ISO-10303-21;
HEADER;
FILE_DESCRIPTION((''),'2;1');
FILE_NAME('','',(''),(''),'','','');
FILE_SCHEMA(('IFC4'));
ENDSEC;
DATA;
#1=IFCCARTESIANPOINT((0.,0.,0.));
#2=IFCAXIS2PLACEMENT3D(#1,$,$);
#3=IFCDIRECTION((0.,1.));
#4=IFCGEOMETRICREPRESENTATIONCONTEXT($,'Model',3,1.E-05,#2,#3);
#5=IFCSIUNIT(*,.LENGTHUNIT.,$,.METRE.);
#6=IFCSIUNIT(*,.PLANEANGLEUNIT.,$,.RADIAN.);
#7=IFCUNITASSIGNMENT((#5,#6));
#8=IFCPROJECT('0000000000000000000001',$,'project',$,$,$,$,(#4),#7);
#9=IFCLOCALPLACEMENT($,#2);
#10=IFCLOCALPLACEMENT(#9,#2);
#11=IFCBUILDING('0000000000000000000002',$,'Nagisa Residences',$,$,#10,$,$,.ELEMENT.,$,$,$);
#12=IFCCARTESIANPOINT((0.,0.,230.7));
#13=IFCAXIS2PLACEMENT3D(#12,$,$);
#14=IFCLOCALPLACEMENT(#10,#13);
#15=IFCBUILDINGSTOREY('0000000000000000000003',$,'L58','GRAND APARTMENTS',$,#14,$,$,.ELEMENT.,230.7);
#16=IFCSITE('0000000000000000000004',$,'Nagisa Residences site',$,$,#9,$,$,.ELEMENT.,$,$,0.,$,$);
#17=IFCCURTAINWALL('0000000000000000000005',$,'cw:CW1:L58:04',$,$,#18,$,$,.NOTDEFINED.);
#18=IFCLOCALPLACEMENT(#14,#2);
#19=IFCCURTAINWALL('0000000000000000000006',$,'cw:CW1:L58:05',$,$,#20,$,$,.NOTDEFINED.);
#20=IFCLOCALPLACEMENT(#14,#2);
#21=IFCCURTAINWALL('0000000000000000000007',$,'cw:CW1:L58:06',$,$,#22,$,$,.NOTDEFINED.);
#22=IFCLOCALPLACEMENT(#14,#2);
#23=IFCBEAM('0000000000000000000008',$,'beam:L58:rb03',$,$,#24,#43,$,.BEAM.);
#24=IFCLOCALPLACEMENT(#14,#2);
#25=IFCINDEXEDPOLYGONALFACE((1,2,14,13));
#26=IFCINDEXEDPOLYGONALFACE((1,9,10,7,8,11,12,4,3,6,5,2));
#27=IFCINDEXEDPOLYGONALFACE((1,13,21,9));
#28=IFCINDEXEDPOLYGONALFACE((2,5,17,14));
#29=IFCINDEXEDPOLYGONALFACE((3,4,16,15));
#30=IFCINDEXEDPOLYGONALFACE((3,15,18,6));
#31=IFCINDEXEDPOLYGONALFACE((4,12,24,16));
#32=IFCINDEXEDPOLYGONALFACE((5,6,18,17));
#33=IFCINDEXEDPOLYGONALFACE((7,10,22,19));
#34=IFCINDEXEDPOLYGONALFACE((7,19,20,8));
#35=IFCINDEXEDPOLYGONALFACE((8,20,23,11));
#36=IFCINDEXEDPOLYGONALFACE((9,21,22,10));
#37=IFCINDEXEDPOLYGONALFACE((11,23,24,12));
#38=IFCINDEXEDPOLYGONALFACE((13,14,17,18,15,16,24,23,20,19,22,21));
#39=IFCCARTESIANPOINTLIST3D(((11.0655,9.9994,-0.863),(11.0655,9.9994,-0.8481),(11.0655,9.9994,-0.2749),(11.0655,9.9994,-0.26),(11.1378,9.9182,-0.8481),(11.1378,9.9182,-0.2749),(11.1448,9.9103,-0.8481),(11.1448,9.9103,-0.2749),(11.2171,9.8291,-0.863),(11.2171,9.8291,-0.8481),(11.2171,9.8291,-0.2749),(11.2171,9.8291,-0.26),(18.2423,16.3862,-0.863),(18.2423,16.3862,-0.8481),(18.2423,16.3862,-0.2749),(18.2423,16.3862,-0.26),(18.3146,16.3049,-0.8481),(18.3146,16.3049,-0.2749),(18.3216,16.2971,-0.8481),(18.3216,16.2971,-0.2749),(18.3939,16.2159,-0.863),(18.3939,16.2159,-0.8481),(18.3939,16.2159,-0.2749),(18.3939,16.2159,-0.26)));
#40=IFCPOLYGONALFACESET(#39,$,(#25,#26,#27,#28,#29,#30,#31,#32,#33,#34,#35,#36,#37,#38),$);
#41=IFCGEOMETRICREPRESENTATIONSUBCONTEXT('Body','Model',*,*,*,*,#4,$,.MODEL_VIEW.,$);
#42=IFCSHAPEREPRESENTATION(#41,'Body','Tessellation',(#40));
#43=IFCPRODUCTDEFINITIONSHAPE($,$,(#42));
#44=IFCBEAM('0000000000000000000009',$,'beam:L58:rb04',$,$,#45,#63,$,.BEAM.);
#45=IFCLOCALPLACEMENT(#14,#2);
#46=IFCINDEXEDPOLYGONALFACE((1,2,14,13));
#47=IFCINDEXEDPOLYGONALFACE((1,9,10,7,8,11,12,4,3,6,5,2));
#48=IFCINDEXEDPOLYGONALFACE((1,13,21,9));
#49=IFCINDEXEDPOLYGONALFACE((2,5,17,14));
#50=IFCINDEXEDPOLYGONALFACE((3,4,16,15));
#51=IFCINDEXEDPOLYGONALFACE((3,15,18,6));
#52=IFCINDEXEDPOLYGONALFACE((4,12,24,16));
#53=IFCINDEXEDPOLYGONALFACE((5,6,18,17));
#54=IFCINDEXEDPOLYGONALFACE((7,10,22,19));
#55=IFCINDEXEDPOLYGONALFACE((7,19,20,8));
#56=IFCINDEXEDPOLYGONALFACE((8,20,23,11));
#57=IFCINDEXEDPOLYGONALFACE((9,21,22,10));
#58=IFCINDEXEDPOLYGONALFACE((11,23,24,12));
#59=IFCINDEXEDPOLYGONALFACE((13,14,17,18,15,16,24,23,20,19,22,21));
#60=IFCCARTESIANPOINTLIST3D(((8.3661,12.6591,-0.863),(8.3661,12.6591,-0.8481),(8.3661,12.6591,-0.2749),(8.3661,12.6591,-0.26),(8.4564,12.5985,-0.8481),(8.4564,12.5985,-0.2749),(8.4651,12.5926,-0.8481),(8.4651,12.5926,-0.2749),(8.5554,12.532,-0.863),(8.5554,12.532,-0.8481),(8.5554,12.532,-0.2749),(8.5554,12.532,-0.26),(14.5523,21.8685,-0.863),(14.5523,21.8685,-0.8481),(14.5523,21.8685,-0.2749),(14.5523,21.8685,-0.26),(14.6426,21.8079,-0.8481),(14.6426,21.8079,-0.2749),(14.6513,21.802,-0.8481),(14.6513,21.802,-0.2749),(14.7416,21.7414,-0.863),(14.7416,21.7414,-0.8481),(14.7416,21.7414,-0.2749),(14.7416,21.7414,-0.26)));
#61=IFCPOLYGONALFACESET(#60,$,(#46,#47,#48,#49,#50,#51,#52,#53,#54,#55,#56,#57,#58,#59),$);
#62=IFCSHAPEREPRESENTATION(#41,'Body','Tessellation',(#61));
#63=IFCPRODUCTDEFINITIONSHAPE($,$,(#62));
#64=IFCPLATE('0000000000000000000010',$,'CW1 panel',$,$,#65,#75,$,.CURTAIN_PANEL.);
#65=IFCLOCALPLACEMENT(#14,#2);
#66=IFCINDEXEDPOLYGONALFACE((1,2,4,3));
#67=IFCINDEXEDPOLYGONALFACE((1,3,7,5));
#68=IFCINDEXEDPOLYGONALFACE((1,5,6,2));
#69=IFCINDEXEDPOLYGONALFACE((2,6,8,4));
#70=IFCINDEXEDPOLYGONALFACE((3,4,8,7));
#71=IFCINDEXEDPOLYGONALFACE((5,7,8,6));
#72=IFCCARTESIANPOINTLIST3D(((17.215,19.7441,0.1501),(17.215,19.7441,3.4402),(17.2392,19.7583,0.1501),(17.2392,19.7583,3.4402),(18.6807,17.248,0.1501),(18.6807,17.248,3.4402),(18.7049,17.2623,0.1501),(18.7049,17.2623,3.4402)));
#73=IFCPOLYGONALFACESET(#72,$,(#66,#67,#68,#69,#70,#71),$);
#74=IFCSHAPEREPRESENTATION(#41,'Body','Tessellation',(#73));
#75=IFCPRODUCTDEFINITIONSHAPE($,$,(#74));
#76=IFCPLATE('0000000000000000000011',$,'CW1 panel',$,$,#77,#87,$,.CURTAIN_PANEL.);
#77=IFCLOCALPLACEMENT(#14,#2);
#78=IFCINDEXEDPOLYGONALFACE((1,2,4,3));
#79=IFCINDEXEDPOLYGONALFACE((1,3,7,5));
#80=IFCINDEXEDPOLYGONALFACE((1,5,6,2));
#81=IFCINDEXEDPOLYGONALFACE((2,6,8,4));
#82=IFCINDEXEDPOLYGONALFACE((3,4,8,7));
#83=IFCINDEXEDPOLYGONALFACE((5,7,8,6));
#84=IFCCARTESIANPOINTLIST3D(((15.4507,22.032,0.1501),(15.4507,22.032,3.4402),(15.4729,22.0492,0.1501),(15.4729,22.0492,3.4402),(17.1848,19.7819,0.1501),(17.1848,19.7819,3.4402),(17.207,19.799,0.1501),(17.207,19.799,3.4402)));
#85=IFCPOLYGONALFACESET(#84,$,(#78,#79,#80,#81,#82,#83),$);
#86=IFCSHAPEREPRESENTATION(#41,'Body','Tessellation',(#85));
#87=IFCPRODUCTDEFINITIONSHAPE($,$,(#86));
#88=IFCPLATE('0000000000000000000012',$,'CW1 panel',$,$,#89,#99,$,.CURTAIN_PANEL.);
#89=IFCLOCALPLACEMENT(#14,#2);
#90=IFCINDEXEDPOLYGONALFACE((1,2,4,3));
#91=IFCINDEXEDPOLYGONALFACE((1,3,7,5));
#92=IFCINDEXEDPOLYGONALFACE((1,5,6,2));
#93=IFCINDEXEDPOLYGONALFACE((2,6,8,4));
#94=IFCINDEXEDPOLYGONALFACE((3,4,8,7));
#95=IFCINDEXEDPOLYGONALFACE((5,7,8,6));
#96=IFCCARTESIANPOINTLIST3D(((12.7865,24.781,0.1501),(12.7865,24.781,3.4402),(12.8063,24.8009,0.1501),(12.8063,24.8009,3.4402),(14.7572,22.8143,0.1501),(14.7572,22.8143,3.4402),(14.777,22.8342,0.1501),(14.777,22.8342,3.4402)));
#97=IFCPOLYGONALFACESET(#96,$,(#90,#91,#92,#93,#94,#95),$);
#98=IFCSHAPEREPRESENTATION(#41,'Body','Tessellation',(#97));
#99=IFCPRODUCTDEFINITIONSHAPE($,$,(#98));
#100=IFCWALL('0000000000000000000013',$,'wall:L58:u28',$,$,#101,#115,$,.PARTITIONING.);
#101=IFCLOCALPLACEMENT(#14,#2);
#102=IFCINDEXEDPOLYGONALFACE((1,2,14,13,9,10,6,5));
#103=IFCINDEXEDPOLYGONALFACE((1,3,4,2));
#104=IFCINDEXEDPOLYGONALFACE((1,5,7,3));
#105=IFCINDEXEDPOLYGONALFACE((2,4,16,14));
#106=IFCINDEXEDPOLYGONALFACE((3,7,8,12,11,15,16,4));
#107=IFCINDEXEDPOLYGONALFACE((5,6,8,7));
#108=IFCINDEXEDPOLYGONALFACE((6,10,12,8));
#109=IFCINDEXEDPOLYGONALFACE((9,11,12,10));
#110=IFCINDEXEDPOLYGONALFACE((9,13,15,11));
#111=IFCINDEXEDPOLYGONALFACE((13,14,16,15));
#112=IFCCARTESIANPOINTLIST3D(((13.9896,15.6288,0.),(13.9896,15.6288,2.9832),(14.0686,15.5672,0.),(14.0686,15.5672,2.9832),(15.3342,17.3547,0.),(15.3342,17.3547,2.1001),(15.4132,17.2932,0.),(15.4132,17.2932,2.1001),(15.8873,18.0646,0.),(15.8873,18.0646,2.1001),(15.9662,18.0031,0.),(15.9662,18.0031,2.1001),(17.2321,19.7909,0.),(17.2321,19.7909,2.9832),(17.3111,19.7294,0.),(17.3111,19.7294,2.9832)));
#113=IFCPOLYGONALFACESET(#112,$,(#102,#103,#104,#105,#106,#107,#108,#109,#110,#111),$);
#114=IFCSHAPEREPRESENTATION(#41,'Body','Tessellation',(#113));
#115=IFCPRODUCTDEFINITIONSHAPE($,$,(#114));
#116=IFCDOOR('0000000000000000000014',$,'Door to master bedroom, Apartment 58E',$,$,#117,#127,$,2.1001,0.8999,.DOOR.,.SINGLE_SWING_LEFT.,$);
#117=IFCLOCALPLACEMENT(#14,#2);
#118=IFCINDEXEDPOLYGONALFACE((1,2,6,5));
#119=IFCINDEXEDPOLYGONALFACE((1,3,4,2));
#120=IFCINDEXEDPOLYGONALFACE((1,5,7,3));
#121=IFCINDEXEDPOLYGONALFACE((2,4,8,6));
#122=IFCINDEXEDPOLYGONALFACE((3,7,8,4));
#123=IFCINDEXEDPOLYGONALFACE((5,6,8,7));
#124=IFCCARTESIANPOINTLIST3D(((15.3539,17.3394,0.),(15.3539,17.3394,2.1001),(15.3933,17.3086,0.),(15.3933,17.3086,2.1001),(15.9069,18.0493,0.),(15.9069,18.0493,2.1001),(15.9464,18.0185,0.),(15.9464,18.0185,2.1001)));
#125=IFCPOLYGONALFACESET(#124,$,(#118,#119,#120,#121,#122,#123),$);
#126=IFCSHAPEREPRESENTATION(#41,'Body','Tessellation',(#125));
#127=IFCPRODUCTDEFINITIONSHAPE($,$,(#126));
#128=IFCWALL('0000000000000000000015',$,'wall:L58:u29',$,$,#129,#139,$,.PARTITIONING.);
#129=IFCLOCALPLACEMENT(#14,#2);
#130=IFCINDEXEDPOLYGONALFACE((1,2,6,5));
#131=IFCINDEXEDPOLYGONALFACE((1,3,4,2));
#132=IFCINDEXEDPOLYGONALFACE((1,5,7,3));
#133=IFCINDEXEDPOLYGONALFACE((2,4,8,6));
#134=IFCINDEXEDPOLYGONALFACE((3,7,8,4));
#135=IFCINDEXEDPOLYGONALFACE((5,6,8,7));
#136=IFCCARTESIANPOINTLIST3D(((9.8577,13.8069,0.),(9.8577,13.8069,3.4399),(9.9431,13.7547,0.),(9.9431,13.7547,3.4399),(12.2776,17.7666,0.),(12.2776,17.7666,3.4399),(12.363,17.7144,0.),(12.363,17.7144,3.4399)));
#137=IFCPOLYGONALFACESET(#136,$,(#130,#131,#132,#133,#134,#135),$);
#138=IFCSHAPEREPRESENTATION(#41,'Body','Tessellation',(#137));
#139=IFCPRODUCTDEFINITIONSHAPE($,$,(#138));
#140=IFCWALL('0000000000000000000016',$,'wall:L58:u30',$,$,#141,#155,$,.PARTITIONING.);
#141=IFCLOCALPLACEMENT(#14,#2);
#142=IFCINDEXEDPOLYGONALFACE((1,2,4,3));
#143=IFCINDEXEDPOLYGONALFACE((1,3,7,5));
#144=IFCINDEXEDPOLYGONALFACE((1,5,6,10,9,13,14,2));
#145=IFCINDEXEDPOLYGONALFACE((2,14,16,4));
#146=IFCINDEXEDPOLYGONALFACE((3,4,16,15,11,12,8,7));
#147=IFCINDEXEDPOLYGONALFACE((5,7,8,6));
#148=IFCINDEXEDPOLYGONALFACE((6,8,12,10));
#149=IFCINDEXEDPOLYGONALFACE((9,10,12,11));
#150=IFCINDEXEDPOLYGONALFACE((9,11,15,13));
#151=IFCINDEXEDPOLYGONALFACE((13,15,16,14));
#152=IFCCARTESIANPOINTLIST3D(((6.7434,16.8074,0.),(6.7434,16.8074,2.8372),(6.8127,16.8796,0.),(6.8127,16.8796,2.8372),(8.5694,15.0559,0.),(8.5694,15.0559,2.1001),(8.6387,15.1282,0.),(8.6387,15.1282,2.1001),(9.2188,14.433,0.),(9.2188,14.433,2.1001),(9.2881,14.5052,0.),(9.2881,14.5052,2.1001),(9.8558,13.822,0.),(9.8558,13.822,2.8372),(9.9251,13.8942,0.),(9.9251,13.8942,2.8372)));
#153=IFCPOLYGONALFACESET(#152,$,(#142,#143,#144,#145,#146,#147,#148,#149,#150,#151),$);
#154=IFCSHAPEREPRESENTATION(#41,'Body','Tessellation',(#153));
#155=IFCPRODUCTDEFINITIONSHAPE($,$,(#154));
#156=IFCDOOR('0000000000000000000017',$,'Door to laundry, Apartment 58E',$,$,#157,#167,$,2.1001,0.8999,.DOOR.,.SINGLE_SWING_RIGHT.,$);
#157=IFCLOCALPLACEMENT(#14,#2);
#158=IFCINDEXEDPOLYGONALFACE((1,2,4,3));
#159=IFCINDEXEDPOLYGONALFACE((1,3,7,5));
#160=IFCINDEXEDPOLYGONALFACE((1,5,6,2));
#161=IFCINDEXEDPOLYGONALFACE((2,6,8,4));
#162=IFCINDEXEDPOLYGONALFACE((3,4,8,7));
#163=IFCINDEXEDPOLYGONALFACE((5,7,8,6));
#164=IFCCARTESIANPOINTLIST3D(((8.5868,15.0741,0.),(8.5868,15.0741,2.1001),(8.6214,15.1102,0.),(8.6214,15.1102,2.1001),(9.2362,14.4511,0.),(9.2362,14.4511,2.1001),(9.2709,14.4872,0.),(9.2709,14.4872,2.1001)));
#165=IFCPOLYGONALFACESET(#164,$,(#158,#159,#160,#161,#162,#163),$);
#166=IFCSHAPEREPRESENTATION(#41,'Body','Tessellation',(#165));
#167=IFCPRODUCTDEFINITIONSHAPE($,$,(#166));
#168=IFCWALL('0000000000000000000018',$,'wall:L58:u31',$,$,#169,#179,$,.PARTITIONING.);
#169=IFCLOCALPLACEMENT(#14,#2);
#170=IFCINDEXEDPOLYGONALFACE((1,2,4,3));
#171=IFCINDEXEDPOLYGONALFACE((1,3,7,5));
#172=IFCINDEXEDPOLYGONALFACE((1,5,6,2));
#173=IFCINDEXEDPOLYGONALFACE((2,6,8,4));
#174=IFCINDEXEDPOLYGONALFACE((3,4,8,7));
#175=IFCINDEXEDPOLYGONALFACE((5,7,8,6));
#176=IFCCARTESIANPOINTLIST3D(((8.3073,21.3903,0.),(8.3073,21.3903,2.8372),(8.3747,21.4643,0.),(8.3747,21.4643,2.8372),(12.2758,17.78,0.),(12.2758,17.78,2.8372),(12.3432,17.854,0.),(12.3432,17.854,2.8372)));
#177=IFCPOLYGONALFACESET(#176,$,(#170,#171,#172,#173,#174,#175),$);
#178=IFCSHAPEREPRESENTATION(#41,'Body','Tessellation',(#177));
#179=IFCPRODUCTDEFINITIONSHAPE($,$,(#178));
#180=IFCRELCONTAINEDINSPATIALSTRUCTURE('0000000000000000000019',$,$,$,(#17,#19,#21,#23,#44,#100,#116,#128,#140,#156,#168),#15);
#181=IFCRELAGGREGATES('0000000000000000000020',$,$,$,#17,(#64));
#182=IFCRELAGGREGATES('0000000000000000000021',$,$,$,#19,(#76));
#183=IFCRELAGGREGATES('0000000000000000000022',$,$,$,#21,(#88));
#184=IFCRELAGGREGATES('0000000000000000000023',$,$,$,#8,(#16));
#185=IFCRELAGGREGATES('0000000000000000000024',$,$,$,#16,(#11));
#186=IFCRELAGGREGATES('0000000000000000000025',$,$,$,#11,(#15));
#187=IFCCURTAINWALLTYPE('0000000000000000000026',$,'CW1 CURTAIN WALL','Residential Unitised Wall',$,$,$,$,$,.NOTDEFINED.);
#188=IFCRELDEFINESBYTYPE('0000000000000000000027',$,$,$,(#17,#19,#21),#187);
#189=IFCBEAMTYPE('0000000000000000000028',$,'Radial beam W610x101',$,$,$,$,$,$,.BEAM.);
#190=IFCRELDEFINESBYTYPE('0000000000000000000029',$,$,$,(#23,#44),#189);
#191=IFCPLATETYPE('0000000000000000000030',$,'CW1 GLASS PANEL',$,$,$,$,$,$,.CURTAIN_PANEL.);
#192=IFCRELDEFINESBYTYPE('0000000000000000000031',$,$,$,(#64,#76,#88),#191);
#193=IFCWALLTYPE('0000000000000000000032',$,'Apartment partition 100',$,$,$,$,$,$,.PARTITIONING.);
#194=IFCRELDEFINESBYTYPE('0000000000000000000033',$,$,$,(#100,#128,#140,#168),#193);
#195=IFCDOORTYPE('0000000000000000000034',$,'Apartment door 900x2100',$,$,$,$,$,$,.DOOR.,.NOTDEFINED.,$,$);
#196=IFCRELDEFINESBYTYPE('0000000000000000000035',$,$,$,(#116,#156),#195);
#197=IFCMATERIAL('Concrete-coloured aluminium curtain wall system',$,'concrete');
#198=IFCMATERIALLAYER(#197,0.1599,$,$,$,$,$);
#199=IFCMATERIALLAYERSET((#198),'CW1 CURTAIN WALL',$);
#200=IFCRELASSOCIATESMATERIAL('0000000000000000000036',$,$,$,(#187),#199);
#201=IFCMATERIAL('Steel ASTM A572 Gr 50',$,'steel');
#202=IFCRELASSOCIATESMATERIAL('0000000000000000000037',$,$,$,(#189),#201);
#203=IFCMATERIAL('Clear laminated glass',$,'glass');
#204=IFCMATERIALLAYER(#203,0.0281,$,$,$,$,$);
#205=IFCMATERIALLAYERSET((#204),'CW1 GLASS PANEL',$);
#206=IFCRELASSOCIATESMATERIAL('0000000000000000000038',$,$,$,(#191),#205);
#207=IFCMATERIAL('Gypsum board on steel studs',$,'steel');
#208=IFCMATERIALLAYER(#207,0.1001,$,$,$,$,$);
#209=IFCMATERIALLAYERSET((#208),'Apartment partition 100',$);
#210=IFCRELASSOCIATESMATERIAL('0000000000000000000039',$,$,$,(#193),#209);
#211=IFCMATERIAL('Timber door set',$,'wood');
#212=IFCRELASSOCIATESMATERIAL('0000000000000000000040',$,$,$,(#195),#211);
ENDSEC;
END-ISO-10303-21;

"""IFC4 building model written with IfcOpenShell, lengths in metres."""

from ifc_helpers import new_model, si_unit, direction, frame, frame_2d, origin, origin_2d, place, context, subcontext, project, spatial, rectangle, i_section, extrude, material, layer, layer_set, material_profile, profile_set, type_object, element, fill, aggregate, save


model = new_model("IFC4")

# Units and contexts
model_context = context("Model", 3, precision=1e-05, world=origin(), true_north=direction((0.0, 1.0)))
body_context = subcontext(model_context, "Body", "Model", "MODEL_VIEW")
ifc_project = project(units=[si_unit("LENGTHUNIT", "METRE"), si_unit("PLANEANGLEUNIT", "RADIAN")], contexts=[model_context])

# Site, building, storey
site_placement = place(None, origin())
site = spatial("IfcSite", under=ifc_project, at=site_placement, Name="Nagisa Residences site", CompositionType="ELEMENT", RefElevation=0.0)
building_placement = place(site_placement, origin())
building = spatial("IfcBuilding", under=site, at=building_placement, Name="Nagisa Residences", CompositionType="ELEMENT")
storey_placement = place(building_placement, frame((0.0, 0.0, 230.7)))
storey = spatial("IfcBuildingStorey", under=building, at=storey_placement, Name="L58", Description="GRAND APARTMENTS", CompositionType="ELEMENT", Elevation=230.7)

# Curtain walls
ifc_material_1 = material(Name="Concrete-coloured aluminium curtain wall system", Category="concrete")
ifc_layer_1 = layer(ifc_material_1, 0.1599)
ifc_layer_set_1 = layer_set([ifc_layer_1], Name="CW1 CURTAIN WALL")
curtain_wall_type = type_object("IfcCurtainWallType", Name="CW1 CURTAIN WALL", Description="Residential Unitised Wall", PredefinedType="NOTDEFINED", material=ifc_layer_set_1)
curtain_wall_1_placement = place(storey_placement, origin())
curtain_wall_1 = element("IfcCurtainWall", 1, at=curtain_wall_1_placement, inside=storey, type_object=curtain_wall_type, Name="cw:CW1:L58:04", PredefinedType="NOTDEFINED")
curtain_wall_2_placement = place(storey_placement, origin())
curtain_wall_2 = element("IfcCurtainWall", 2, at=curtain_wall_2_placement, inside=storey, type_object=curtain_wall_type, Name="cw:CW1:L58:05", PredefinedType="NOTDEFINED")
curtain_wall_3_placement = place(storey_placement, origin())
curtain_wall_3 = element("IfcCurtainWall", 3, at=curtain_wall_3_placement, inside=storey, type_object=curtain_wall_type, Name="cw:CW1:L58:06", PredefinedType="NOTDEFINED")

# Beams
ifc_material_2 = material(Name="Steel ASTM A572 Gr 50", Category="steel")
ifc_material_profile_1 = material_profile(ifc_material_2, i_section(OverallWidth=0.228, OverallDepth=0.603, WebThickness=0.0105, FlangeThickness=0.0149, at=origin_2d()), Name="W610x101")
ifc_profile_set_1 = profile_set([ifc_material_profile_1], Name="Steel ASTM A572 Gr 50")
beam_type_1 = type_object("IfcBeamType", Name="Radial beam W610x101", PredefinedType="BEAM", material=ifc_profile_set_1)
beam_1_placement = place(storey_placement, frame((18.3181, 16.301, -0.5615), z_axis=(-0.747028, -0.664793, 0.0), x_axis=(0.664793, -0.747028, 0.0)))
element("IfcBeam", 4, at=beam_1_placement, inside=storey, type_object=beam_type_1, Name="beam:L58:rb03", PredefinedType="BEAM", context=body_context, shape_type="SweptSolid", body=[
    extrude(i_section(OverallWidth=0.228, OverallDepth=0.603, WebThickness=0.0105, FlangeThickness=0.0149, at=origin_2d()), origin(), (0.0, 0.0, 1.0), 9.6072),
])
beam_2_placement = place(storey_placement, frame((14.647, 21.8049, -0.5615), z_axis=(-0.557607, -0.830105, 0.0), x_axis=(0.830105, -0.557607, 0.0)))
element("IfcBeam", 5, at=beam_2_placement, inside=storey, type_object=beam_type_1, Name="beam:L58:rb04", PredefinedType="BEAM", context=body_context, shape_type="SweptSolid", body=[
    extrude(i_section(OverallWidth=0.228, OverallDepth=0.603, WebThickness=0.0105, FlangeThickness=0.0149, at=origin_2d()), origin(), (0.0, 0.0, 1.0), 11.0942),
])

# Plates
ifc_material_3 = material(Name="Clear laminated glass", Category="glass")
ifc_layer_2 = layer(ifc_material_3, 0.0281)
ifc_layer_set_2 = layer_set([ifc_layer_2], Name="CW1 GLASS PANEL")
plate_type = type_object("IfcPlateType", Name="CW1 GLASS PANEL", PredefinedType="CURTAIN_PANEL", material=ifc_layer_set_2)
plate_1_placement = place(storey_placement, frame((17.96, 18.5032, 0.1501), z_axis=(0.0, 0.0, 1.0), x_axis=(-0.506349, 0.862329, 0.0)))
plate_1 = element("IfcPlate", 6, at=plate_1_placement, type_object=plate_type, Name="CW1 panel", PredefinedType="CURTAIN_PANEL", context=body_context, shape_type="SweptSolid", body=[
    extrude(rectangle(XDim=2.8945, YDim=0.0281, at=origin_2d()), origin(), (0.0, 0.0, 1.0), 3.29),
])
aggregate(curtain_wall_1, [plate_1])
plate_2_placement = place(storey_placement, frame((16.3289, 20.9155, 0.1501), z_axis=(0.0, 0.0, 1.0), x_axis=(-0.61043, 0.79207, 0.0)))
plate_2 = element("IfcPlate", 7, at=plate_2_placement, type_object=plate_type, Name="CW1 panel", PredefinedType="CURTAIN_PANEL", context=body_context, shape_type="SweptSolid", body=[
    extrude(rectangle(XDim=2.8408, YDim=0.0281, at=origin_2d()), origin(), (0.0, 0.0, 1.0), 3.29),
])
aggregate(curtain_wall_2, [plate_2])
plate_3_placement = place(storey_placement, frame((13.7817, 23.8076, 0.1501), z_axis=(0.0, 0.0, 1.0), x_axis=(-0.707836, 0.706377, 0.0)))
plate_3 = element("IfcPlate", 8, at=plate_3_placement, type_object=plate_type, Name="CW1 panel", PredefinedType="CURTAIN_PANEL", context=body_context, shape_type="SweptSolid", body=[
    extrude(rectangle(XDim=2.7842, YDim=0.0281, at=origin_2d()), origin(), (0.0, 0.0, 1.0), 3.29),
])
aggregate(curtain_wall_3, [plate_3])

# Wall, opening, door
ifc_material_4 = material(Name="Gypsum board on steel studs", Category="steel")
ifc_layer_3 = layer(ifc_material_4, 0.1001)
ifc_layer_set_3 = layer_set([ifc_layer_3], Name="Apartment partition 100")
wall_type_1 = type_object("IfcWallType", Name="Apartment partition 100", PredefinedType="PARTITIONING", material=ifc_layer_set_3)
wall_1_placement = place(storey_placement, frame((14.0291, 15.5979, 0.0), z_axis=(0.0, 0.0, 1.0), x_axis=(0.614559, 0.788871, 0.0)))
wall_1 = element("IfcWall", 9, at=wall_1_placement, inside=storey, type_object=wall_type_1, Name="wall:L58:u28", PredefinedType="PARTITIONING", context=body_context, shape_type="SweptSolid", body=[
    extrude(rectangle(XDim=5.2761, YDim=0.1001, at=frame_2d((2.6382, 0.0))), origin(), (0.0, 0.0, 1.0), 2.9832),
])
opening_1_placement = place(wall_1_placement, frame((2.188, 0.0, 0.0)))
opening_1 = element("IfcOpeningElement", 10, at=opening_1_placement, cuts=wall_1, PredefinedType="OPENING", context=body_context, shape_type="SweptSolid", body=[
    extrude(rectangle(XDim=0.8999, YDim=2.1001, at=frame_2d((0.45, 1.05))), frame((0.0, 0.0601, 0.0), z_axis=(0.0, -1.0, 0.0), x_axis=(1.0, 0.0, 0.0)), (0.0, 0.0, 1.0), 0.1201),
])
ifc_material_5 = material(Name="Timber door set", Category="wood")
door_type_1 = type_object("IfcDoorType", Name="Apartment door 900x2100", OperationType="NOTDEFINED", PredefinedType="DOOR", material=ifc_material_5)
door_1_placement = place(opening_1_placement, frame((0.8999, 0.0, 0.0), x_axis=(-1.0, 0.0, 0.0)))
door_1 = element("IfcDoor", 11, at=door_1_placement, inside=storey, type_object=door_type_1, Name="Door to master bedroom, Apartment 58E", OperationType="SINGLE_SWING_LEFT", OverallHeight=2.1001, OverallWidth=0.8999, PredefinedType="DOOR", context=body_context, shape_type="SweptSolid", body=[
    extrude(rectangle(XDim=0.8999, YDim=2.1001, at=frame_2d((0.45, 1.05))), frame((0.0, 0.0249, 0.0), z_axis=(0.0, -1.0, 0.0), x_axis=(1.0, 0.0, 0.0)), (0.0, 0.0, 1.0), 0.05),
])
fill(opening_1, door_1)

# Wall
wall_2_placement = place(storey_placement, frame((9.9004, 13.7808, 0.0), z_axis=(0.0, 0.0, 1.0), x_axis=(0.521465, 0.853273, 0.0)))
element("IfcWall", 12, at=wall_2_placement, inside=storey, type_object=wall_type_1, Name="wall:L58:u29", PredefinedType="PARTITIONING", context=body_context, shape_type="SweptSolid", body=[
    extrude(rectangle(XDim=4.6406, YDim=0.1001, at=frame_2d((2.3203, 0.0))), origin(), (0.0, 0.0, 1.0), 3.4399),
])

# Wall, opening, door
wall_3_placement = place(storey_placement, frame((9.8904, 13.8582, 0.0), z_axis=(0.0, 0.0, 1.0), x_axis=(-0.721672, 0.692235, 0.0)))
wall_3 = element("IfcWall", 13, at=wall_3_placement, inside=storey, type_object=wall_type_1, Name="wall:L58:u30", PredefinedType="PARTITIONING", context=body_context, shape_type="SweptSolid", body=[
    extrude(rectangle(XDim=4.3127, YDim=0.1001, at=frame_2d((2.1562, 0.0))), origin(), (0.0, 0.0, 1.0), 2.8372),
])
opening_2_placement = place(wall_3_placement, frame((0.8826, 0.0, 0.0)))
opening_2 = element("IfcOpeningElement", 14, at=opening_2_placement, cuts=wall_3, PredefinedType="OPENING", context=body_context, shape_type="SweptSolid", body=[
    extrude(rectangle(XDim=0.8999, YDim=2.1001, at=frame_2d((0.45, 1.05))), frame((0.0, 0.0601, 0.0), z_axis=(0.0, -1.0, 0.0), x_axis=(1.0, 0.0, 0.0)), (0.0, 0.0, 1.0), 0.1201),
])
door_2_placement = place(opening_2_placement, origin())
door_2 = element("IfcDoor", 15, at=door_2_placement, inside=storey, type_object=door_type_1, Name="Door to laundry, Apartment 58E", OperationType="SINGLE_SWING_RIGHT", OverallHeight=2.1001, OverallWidth=0.8999, PredefinedType="DOOR", context=body_context, shape_type="SweptSolid", body=[
    extrude(rectangle(XDim=0.8999, YDim=2.1001, at=frame_2d((0.45, 1.05))), frame((0.0, 0.0249, 0.0), z_axis=(0.0, -1.0, 0.0), x_axis=(1.0, 0.0, 0.0)), (0.0, 0.0, 1.0), 0.05),
])
fill(opening_2, door_2)

# Wall
wall_4_placement = place(storey_placement, frame((12.3096, 17.8169, 0.0), z_axis=(0.0, 0.0, 1.0), x_axis=(-0.739697, 0.67294, 0.0)))
element("IfcWall", 16, at=wall_4_placement, inside=storey, type_object=wall_type_1, Name="wall:L58:u31", PredefinedType="PARTITIONING", context=body_context, shape_type="SweptSolid", body=[
    extrude(rectangle(XDim=5.365, YDim=0.1001, at=frame_2d((2.6826, 0.0))), origin(), (0.0, 0.0, 1.0), 2.8372),
])

save(model, "model.ifc")
